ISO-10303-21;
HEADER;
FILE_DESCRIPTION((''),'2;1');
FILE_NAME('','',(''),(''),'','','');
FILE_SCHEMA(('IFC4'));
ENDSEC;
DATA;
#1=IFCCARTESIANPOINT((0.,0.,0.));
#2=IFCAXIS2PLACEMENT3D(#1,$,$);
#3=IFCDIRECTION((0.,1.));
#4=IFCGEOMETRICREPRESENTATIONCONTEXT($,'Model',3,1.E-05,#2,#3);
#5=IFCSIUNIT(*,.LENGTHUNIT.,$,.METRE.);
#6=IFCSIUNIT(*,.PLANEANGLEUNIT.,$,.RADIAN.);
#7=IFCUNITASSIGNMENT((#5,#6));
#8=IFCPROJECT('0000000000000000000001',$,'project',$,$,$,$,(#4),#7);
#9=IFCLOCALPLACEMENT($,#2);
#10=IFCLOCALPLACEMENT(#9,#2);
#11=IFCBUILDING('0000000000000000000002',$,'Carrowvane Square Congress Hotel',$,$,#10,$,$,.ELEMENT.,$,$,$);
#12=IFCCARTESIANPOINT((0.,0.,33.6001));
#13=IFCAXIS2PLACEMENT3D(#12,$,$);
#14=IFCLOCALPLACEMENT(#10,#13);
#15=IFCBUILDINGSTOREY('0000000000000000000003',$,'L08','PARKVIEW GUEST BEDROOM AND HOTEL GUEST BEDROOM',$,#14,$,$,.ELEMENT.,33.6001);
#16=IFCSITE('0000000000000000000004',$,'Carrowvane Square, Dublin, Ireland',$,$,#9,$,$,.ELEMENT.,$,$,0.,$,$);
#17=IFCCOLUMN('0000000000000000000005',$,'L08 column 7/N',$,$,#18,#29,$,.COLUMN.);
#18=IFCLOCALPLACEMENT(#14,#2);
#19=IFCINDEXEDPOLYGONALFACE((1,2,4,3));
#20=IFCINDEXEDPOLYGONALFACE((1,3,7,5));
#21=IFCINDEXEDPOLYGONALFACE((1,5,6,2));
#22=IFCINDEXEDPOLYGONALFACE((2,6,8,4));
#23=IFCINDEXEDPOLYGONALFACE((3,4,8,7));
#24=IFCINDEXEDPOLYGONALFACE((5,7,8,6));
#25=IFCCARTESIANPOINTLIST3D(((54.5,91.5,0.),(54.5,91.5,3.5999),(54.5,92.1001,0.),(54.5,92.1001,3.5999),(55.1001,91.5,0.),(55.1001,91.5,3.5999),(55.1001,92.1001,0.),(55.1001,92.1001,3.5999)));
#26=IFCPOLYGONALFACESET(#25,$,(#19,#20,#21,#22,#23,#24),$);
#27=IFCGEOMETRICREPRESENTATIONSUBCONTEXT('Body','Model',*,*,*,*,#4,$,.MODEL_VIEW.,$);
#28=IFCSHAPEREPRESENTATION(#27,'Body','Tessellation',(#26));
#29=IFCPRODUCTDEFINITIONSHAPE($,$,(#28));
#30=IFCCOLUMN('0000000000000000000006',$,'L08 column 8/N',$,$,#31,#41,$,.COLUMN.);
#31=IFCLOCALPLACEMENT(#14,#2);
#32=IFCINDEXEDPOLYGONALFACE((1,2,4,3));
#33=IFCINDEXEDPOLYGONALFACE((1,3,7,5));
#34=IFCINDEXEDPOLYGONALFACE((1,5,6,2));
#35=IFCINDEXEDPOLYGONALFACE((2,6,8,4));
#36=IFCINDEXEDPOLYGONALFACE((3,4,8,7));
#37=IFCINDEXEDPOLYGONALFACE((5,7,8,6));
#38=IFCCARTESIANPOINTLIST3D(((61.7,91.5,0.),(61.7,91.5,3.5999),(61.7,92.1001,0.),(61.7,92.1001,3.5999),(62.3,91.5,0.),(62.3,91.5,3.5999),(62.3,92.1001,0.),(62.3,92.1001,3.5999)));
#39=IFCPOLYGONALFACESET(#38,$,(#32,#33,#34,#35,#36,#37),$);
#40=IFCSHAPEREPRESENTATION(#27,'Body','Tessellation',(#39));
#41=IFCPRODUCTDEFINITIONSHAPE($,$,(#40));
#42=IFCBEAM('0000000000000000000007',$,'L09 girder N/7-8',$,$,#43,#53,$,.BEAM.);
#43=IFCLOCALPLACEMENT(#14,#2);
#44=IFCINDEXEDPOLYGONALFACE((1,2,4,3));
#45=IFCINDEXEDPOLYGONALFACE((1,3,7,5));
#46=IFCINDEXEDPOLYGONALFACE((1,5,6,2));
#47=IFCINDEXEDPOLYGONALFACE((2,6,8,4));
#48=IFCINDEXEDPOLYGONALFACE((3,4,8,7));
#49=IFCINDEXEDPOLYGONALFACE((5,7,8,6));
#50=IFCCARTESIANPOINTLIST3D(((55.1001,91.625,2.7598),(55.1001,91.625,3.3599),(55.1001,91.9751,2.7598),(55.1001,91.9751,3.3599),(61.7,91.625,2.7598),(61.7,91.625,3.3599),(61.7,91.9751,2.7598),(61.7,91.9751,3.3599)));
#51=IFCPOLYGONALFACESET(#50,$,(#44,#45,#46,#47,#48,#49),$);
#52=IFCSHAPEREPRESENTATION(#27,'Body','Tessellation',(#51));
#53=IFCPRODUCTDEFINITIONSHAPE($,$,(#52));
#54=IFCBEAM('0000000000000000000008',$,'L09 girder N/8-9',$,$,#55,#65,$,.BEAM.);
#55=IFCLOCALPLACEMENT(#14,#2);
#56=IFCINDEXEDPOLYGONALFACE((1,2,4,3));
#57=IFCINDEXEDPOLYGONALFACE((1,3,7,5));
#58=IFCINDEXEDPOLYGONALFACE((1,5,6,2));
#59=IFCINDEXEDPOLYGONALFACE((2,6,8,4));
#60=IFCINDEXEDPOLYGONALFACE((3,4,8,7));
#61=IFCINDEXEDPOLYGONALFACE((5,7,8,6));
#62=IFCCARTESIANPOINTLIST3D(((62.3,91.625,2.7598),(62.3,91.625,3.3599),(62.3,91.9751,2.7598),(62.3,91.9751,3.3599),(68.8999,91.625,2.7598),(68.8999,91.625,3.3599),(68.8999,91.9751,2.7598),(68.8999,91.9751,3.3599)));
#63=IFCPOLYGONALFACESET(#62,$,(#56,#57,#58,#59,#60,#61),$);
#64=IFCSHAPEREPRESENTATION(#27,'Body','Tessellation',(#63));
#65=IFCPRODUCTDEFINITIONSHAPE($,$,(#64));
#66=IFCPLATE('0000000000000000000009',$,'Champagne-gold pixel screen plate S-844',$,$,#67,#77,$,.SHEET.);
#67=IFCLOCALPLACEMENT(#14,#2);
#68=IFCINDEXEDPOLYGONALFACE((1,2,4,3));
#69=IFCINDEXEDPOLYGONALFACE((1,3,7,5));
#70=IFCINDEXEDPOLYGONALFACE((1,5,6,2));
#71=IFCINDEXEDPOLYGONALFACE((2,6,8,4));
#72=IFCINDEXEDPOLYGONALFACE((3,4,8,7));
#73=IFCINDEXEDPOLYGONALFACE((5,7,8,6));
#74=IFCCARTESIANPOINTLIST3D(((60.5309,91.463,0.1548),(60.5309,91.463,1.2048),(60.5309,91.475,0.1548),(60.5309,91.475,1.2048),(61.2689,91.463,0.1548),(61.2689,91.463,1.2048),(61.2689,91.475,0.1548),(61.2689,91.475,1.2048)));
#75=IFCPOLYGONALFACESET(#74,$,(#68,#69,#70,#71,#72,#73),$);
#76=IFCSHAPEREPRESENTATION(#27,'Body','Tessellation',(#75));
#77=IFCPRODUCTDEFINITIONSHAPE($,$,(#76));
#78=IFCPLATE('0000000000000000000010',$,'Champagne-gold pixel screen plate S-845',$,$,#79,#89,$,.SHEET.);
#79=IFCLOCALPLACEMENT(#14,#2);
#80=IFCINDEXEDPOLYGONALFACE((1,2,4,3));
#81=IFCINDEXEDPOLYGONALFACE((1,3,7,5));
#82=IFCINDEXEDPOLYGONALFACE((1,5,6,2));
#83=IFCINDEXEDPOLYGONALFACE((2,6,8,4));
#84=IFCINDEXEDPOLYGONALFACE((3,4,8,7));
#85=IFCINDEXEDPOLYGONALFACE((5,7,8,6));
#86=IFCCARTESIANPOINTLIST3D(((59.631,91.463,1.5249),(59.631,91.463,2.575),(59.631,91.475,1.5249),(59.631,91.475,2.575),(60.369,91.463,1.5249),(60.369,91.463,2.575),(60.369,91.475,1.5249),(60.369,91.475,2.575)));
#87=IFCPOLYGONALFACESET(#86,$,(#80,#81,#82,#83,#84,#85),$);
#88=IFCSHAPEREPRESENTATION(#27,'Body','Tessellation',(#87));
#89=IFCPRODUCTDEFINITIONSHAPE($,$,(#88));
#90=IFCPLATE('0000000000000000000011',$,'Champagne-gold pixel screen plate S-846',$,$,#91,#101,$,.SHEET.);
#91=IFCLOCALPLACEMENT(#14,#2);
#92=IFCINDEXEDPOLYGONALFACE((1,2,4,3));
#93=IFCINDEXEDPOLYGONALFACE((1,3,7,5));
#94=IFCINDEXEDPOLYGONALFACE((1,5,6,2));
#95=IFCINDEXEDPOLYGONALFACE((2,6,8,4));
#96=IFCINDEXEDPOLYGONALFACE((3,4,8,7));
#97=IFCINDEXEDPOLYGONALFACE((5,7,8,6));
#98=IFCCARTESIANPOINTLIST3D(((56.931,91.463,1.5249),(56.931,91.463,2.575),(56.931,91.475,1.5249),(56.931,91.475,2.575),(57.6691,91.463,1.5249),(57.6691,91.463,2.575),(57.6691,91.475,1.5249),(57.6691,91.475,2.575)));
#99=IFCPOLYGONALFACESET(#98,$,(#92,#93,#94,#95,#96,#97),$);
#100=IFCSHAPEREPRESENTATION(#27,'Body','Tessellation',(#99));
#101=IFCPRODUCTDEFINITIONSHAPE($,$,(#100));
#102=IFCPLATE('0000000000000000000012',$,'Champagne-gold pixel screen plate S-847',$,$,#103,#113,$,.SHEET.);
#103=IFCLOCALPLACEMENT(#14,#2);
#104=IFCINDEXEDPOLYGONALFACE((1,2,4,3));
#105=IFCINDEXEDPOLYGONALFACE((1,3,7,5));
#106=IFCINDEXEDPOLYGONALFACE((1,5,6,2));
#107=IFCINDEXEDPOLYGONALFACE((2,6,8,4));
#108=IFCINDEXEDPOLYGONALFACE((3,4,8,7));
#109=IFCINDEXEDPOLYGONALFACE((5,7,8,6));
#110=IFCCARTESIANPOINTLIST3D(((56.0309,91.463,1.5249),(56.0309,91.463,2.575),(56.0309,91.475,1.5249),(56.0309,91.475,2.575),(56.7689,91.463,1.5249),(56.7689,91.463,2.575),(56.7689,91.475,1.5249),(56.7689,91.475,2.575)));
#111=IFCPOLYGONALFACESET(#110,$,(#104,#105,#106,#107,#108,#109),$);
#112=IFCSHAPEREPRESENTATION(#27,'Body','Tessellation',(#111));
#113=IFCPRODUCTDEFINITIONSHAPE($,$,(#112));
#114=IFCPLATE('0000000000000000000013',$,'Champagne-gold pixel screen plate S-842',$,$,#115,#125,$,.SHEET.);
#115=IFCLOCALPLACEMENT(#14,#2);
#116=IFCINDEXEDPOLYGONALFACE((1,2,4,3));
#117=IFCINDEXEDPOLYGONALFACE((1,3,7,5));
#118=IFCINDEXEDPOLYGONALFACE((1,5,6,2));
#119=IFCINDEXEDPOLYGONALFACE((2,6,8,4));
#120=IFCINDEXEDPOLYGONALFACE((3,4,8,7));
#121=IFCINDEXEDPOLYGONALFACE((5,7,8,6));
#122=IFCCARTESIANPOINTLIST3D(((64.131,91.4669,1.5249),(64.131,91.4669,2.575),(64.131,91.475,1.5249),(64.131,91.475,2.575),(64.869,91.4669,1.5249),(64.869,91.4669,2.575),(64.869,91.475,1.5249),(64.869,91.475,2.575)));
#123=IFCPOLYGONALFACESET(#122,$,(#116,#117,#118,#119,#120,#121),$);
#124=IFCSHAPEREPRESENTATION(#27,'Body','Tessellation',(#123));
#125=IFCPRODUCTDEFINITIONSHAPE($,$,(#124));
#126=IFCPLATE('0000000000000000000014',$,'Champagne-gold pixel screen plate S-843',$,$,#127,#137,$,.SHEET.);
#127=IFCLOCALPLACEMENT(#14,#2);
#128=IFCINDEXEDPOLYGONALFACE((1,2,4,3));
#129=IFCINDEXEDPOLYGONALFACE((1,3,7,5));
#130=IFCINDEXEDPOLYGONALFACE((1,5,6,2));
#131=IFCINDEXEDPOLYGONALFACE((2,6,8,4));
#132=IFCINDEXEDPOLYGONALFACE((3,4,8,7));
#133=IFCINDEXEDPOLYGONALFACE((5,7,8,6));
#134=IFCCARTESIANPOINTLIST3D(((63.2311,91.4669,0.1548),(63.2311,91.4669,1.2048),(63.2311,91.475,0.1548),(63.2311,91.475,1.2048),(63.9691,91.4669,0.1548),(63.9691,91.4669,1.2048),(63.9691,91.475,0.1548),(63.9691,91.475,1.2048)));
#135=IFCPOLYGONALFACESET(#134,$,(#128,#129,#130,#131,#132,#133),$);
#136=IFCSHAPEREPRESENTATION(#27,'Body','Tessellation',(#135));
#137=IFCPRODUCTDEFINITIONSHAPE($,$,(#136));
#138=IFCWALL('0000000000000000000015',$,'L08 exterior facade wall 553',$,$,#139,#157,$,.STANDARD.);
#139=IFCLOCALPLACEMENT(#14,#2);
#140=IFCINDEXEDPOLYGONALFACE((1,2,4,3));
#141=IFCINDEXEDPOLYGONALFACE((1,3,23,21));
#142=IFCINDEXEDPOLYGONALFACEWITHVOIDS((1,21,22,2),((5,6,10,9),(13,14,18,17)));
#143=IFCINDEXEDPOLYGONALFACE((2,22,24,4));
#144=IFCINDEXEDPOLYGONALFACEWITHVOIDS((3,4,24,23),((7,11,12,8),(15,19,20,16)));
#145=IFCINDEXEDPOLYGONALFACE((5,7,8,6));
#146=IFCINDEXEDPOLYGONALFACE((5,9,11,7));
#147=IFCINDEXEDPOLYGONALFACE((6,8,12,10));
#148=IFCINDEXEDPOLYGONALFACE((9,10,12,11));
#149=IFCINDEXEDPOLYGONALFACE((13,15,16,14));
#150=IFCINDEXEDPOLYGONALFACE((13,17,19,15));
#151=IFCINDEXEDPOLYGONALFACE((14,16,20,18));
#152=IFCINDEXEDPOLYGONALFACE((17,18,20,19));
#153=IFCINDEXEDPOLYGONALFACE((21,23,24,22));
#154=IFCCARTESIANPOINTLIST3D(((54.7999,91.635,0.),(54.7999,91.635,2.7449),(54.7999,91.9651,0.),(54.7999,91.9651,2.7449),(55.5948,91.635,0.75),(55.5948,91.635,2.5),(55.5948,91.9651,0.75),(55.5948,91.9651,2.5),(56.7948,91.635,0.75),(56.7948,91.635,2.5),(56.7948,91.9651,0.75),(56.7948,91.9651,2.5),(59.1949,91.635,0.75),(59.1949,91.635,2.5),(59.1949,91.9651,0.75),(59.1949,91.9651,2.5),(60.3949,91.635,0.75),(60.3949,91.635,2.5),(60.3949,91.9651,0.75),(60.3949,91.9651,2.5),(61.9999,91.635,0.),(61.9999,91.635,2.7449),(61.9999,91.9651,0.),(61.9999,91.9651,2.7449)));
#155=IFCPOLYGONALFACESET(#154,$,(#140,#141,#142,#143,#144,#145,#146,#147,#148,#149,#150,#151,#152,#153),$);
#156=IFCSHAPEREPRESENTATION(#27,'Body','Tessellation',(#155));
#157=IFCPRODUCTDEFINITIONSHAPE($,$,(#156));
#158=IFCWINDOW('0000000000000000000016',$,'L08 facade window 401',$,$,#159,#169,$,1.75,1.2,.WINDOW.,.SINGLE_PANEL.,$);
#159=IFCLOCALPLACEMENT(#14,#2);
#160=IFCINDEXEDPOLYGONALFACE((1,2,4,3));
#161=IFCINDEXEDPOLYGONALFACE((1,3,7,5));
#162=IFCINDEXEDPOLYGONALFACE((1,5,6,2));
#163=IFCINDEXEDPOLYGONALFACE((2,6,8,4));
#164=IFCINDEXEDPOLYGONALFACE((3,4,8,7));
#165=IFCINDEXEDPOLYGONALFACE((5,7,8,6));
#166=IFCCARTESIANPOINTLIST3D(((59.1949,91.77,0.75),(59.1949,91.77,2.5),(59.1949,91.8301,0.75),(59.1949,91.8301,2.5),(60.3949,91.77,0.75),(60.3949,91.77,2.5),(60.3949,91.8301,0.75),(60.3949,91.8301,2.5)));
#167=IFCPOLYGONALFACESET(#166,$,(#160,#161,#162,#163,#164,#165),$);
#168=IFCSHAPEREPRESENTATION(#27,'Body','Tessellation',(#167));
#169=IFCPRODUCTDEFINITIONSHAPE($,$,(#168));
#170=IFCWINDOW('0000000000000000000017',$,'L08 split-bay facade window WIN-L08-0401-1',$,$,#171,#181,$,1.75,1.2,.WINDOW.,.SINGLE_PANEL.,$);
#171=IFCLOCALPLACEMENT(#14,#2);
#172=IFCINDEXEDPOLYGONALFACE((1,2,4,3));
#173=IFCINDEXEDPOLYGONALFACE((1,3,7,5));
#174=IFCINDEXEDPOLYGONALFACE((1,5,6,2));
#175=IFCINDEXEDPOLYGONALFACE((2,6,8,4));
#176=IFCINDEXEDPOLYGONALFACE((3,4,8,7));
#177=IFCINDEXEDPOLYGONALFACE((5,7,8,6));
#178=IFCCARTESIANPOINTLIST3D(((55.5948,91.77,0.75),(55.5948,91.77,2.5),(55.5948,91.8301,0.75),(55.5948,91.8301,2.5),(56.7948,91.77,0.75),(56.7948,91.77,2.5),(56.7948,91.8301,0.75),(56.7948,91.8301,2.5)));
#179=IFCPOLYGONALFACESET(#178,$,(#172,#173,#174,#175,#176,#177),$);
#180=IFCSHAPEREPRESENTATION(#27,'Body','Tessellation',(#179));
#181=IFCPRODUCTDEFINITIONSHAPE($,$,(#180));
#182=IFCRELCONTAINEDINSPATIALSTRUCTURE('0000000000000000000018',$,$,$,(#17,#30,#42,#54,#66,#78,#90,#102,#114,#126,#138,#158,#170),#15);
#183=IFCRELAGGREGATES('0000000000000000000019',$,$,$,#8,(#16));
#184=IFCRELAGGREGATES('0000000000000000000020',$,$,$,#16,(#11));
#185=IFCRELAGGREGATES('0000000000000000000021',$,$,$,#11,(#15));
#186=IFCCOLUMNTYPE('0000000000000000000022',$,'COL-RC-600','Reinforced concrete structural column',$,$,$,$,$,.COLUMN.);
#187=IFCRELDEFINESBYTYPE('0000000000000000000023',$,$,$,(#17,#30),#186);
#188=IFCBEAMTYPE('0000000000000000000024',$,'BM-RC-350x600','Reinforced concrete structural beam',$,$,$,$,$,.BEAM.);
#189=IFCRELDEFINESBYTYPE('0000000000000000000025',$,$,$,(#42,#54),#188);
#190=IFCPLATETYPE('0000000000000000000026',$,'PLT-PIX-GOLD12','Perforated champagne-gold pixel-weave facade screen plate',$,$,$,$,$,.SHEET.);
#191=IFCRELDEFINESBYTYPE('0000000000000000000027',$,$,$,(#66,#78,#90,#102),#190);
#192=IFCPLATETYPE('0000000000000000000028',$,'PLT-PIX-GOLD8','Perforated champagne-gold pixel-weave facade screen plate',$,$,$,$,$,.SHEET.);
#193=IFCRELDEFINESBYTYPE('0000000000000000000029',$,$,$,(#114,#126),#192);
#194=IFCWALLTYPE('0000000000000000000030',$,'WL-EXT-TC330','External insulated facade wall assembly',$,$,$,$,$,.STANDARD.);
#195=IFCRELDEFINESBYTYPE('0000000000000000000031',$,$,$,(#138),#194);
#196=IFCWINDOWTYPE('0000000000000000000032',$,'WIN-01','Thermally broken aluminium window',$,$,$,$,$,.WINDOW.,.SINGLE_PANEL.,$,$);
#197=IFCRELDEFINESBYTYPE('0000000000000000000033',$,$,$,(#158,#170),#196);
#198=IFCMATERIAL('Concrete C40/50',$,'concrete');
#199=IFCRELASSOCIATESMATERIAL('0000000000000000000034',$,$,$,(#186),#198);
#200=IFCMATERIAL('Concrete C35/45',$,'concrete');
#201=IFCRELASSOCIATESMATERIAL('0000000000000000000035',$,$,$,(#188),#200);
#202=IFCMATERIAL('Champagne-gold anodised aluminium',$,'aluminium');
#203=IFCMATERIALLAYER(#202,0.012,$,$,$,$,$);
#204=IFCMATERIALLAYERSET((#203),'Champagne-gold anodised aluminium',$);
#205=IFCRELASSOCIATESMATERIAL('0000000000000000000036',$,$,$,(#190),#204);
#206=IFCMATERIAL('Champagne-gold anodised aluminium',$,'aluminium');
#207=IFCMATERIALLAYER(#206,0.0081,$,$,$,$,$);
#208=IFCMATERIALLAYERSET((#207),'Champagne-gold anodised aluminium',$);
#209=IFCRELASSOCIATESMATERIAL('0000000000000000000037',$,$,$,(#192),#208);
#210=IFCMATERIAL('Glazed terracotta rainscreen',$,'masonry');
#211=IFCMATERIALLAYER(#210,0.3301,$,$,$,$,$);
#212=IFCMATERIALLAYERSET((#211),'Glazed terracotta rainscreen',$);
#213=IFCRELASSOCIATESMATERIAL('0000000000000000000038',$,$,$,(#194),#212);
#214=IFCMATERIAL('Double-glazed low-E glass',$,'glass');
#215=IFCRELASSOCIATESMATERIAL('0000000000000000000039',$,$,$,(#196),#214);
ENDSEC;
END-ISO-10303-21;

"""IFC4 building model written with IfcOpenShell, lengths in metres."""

from ifc_helpers import new_model, si_unit, direction, frame, frame_2d, origin, origin_2d, place, context, subcontext, project, spatial, rectangle, extrude, material, layer, layer_set, material_profile, profile_set, type_object, element, fill, save


model = new_model("IFC4")

# Units and contexts
model_context = context("Model", 3, precision=1e-05, world=origin(), true_north=direction((0.0, 1.0)))
body_context = subcontext(model_context, "Body", "Model", "MODEL_VIEW")
ifc_project = project(units=[si_unit("LENGTHUNIT", "METRE"), si_unit("PLANEANGLEUNIT", "RADIAN")], contexts=[model_context])

# Site, building, storey
site_placement = place(None, origin())
site = spatial("IfcSite", under=ifc_project, at=site_placement, Name="Carrowvane Square, Dublin, Ireland", CompositionType="ELEMENT", RefElevation=0.0)
building_placement = place(site_placement, origin())
building = spatial("IfcBuilding", under=site, at=building_placement, Name="Carrowvane Square Congress Hotel", CompositionType="ELEMENT")
storey_placement = place(building_placement, frame((0.0, 0.0, 33.6001)))
storey = spatial("IfcBuildingStorey", under=building, at=storey_placement, Name="L08", Description="PARKVIEW GUEST BEDROOM AND HOTEL GUEST BEDROOM", CompositionType="ELEMENT", Elevation=33.6001)

# Columns
ifc_material_1 = material(Name="Concrete C40/50", Category="concrete")
ifc_material_profile_1 = material_profile(ifc_material_1, rectangle(XDim=0.6001, YDim=0.6001, at=origin_2d()), Name="RC 600x600")
ifc_profile_set_1 = profile_set([ifc_material_profile_1], Name="Concrete C40/50")
column_type = type_object("IfcColumnType", Name="COL-RC-600", Description="Reinforced concrete structural column", PredefinedType="COLUMN", material=ifc_profile_set_1)
for number, where, z_axis, x_axis, name in (
    (1, (54.8, 91.8, 0.0), (0.0, 0.0, 1.0), (1.0, 0.0, 0.0), "L08 column 7/N"),
    (2, (62.0, 91.8, 0.0), (0.0, 0.0, 1.0), (1.0, 0.0, 0.0), "L08 column 8/N"),
):
    element("IfcColumn", number, at=place(storey_placement, frame(where, z_axis=z_axis, x_axis=x_axis)), inside=storey, type_object=column_type, Name=name, PredefinedType="COLUMN", context=body_context, shape_type="SweptSolid", body=[
        extrude(rectangle(XDim=0.6001, YDim=0.6001, at=origin_2d()), origin(), (0.0, 0.0, 1.0), 3.5999),
    ])

# Beams
ifc_material_2 = material(Name="Concrete C35/45", Category="concrete")
ifc_material_profile_2 = material_profile(ifc_material_2, rectangle(XDim=0.3501, YDim=0.6001, at=origin_2d()), Name="RC 350x600")
ifc_profile_set_2 = profile_set([ifc_material_profile_2], Name="Concrete C35/45")
beam_type = type_object("IfcBeamType", Name="BM-RC-350x600", Description="Reinforced concrete structural beam", PredefinedType="BEAM", material=ifc_profile_set_2)
for number, where, z_axis, x_axis, name in (
    (3, (55.1001, 91.8, 3.0598), (1.0, 0.0, 0.0), (0.0, 1.0, 0.0), "L09 girder N/7-8"),
    (4, (62.3, 91.8, 3.0598), (1.0, 0.0, 0.0), (0.0, 1.0, 0.0), "L09 girder N/8-9"),
):
    element("IfcBeam", number, at=place(storey_placement, frame(where, z_axis=z_axis, x_axis=x_axis)), inside=storey, type_object=beam_type, Name=name, PredefinedType="BEAM", context=body_context, shape_type="SweptSolid", body=[
        extrude(rectangle(XDim=0.3501, YDim=0.6001, at=origin_2d()), origin(), (0.0, 0.0, 1.0), 6.5999),
    ])

# Plates
ifc_material_3 = material(Name="Champagne-gold anodised aluminium", Category="aluminium")
ifc_layer_1 = layer(ifc_material_3, 0.012)
ifc_layer_set_1 = layer_set([ifc_layer_1], Name="Champagne-gold anodised aluminium")
plate_type_1 = type_object("IfcPlateType", Name="PLT-PIX-GOLD12", Description="Perforated champagne-gold pixel-weave facade screen plate", PredefinedType="SHEET", material=ifc_layer_set_1)
for number, where, z_axis, x_axis, name in (
    (5, (60.8999, 91.469, 0.1548), (0.0, 0.0, 1.0), (-1.0, 0.0, 0.0), "Champagne-gold pixel screen plate S-844"),
    (6, (60.0, 91.469, 1.5249), (0.0, 0.0, 1.0), (-1.0, 0.0, 0.0), "Champagne-gold pixel screen plate S-845"),
    (7, (57.3, 91.469, 1.5249), (0.0, 0.0, 1.0), (-1.0, 0.0, 0.0), "Champagne-gold pixel screen plate S-846"),
    (8, (56.3999, 91.469, 1.5249), (0.0, 0.0, 1.0), (-1.0, 0.0, 0.0), "Champagne-gold pixel screen plate S-847"),
):
    element("IfcPlate", number, at=place(storey_placement, frame(where, z_axis=z_axis, x_axis=x_axis)), inside=storey, type_object=plate_type_1, Name=name, PredefinedType="SHEET", context=body_context, shape_type="SweptSolid", body=[
        extrude(rectangle(XDim=0.738, YDim=0.012, at=origin_2d()), origin(), (0.0, 0.0, 1.0), 1.05),
    ])
ifc_material_4 = material(Name="Champagne-gold anodised aluminium", Category="aluminium")
ifc_layer_2 = layer(ifc_material_4, 0.0081)
ifc_layer_set_2 = layer_set([ifc_layer_2], Name="Champagne-gold anodised aluminium")
plate_type_2 = type_object("IfcPlateType", Name="PLT-PIX-GOLD8", Description="Perforated champagne-gold pixel-weave facade screen plate", PredefinedType="SHEET", material=ifc_layer_set_2)
for number, where, z_axis, x_axis, name in (
    (9, (64.5, 91.4709, 1.5249), (0.0, 0.0, 1.0), (-1.0, 0.0, 0.0), "Champagne-gold pixel screen plate S-842"),
    (10, (63.6001, 91.4709, 0.1548), (0.0, 0.0, 1.0), (-1.0, 0.0, 0.0), "Champagne-gold pixel screen plate S-843"),
):
    element("IfcPlate", number, at=place(storey_placement, frame(where, z_axis=z_axis, x_axis=x_axis)), inside=storey, type_object=plate_type_2, Name=name, PredefinedType="SHEET", context=body_context, shape_type="SweptSolid", body=[
        extrude(rectangle(XDim=0.738, YDim=0.0081, at=origin_2d()), origin(), (0.0, 0.0, 1.0), 1.05),
    ])

# Wall, openings, windows
ifc_material_5 = material(Name="Glazed terracotta rainscreen", Category="masonry")
ifc_layer_3 = layer(ifc_material_5, 0.3301)
ifc_layer_set_3 = layer_set([ifc_layer_3], Name="Glazed terracotta rainscreen")
wall_type = type_object("IfcWallType", Name="WL-EXT-TC330", Description="External insulated facade wall assembly", PredefinedType="STANDARD", material=ifc_layer_set_3)
wall_1_placement = place(storey_placement, frame((62.0, 91.8, 0.0), z_axis=(0.0, 0.0, 1.0), x_axis=(-1.0, 0.0, 0.0)))
wall_1 = element("IfcWall", 11, at=wall_1_placement, inside=storey, type_object=wall_type, Name="L08 exterior facade wall 553", PredefinedType="STANDARD", context=body_context, shape_type="SweptSolid", body=[
    extrude(rectangle(XDim=7.2, YDim=0.3301, at=frame_2d((3.6001, 0.0))), origin(), (0.0, 0.0, 1.0), 2.7449),
])
opening_1_placement = place(wall_1_placement, frame((1.605, 0.0, 0.75)))
opening_1 = element("IfcOpeningElement", 12, at=opening_1_placement, cuts=wall_1, PredefinedType="OPENING", context=body_context, shape_type="SweptSolid", body=[
    extrude(rectangle(XDim=1.2, YDim=1.75, at=frame_2d((0.6001, 0.875))), frame((0.0, 0.175, 0.0), z_axis=(0.0, -1.0, 0.0), x_axis=(1.0, 0.0, 0.0)), (0.0, 0.0, 1.0), 0.3501),
])
opening_2_placement = place(wall_1_placement, frame((5.2051, 0.0, 0.75)))
opening_2 = element("IfcOpeningElement", 13, at=opening_2_placement, cuts=wall_1, PredefinedType="OPENING", context=body_context, shape_type="SweptSolid", body=[
    extrude(rectangle(XDim=1.2, YDim=1.75, at=frame_2d((0.6001, 0.875))), frame((0.0, 0.175, 0.0), z_axis=(0.0, -1.0, 0.0), x_axis=(1.0, 0.0, 0.0)), (0.0, 0.0, 1.0), 0.3501),
])
ifc_material_6 = material(Name="Double-glazed low-E glass", Category="glass")
window_type_1 = type_object("IfcWindowType", Name="WIN-01", Description="Thermally broken aluminium window", PartitioningType="SINGLE_PANEL", PredefinedType="WINDOW", material=ifc_material_6)
window_1_placement = place(opening_1_placement, origin())
window_1 = element("IfcWindow", 14, at=window_1_placement, inside=storey, type_object=window_type_1, Name="L08 facade window 401", OverallHeight=1.75, OverallWidth=1.2, PartitioningType="SINGLE_PANEL", PredefinedType="WINDOW", context=body_context, shape_type="SweptSolid", body=[
    extrude(rectangle(XDim=1.2, YDim=1.75, at=frame_2d((0.6001, 0.875))), frame((0.0, 0.03, 0.0), z_axis=(0.0, -1.0, 0.0), x_axis=(1.0, 0.0, 0.0)), (0.0, 0.0, 1.0), 0.0601),
])
fill(opening_1, window_1)
window_2_placement = place(opening_2_placement, origin())
window_2 = element("IfcWindow", 15, at=window_2_placement, inside=storey, type_object=window_type_1, Name="L08 split-bay facade window WIN-L08-0401-1", OverallHeight=1.75, OverallWidth=1.2, PartitioningType="SINGLE_PANEL", PredefinedType="WINDOW", context=body_context, shape_type="SweptSolid", body=[
    extrude(rectangle(XDim=1.2, YDim=1.75, at=frame_2d((0.6001, 0.875))), frame((0.0, 0.03, 0.0), z_axis=(0.0, -1.0, 0.0), x_axis=(1.0, 0.0, 0.0)), (0.0, 0.0, 1.0), 0.0601),
])
fill(opening_2, window_2)

save(model, "model.ifc")
